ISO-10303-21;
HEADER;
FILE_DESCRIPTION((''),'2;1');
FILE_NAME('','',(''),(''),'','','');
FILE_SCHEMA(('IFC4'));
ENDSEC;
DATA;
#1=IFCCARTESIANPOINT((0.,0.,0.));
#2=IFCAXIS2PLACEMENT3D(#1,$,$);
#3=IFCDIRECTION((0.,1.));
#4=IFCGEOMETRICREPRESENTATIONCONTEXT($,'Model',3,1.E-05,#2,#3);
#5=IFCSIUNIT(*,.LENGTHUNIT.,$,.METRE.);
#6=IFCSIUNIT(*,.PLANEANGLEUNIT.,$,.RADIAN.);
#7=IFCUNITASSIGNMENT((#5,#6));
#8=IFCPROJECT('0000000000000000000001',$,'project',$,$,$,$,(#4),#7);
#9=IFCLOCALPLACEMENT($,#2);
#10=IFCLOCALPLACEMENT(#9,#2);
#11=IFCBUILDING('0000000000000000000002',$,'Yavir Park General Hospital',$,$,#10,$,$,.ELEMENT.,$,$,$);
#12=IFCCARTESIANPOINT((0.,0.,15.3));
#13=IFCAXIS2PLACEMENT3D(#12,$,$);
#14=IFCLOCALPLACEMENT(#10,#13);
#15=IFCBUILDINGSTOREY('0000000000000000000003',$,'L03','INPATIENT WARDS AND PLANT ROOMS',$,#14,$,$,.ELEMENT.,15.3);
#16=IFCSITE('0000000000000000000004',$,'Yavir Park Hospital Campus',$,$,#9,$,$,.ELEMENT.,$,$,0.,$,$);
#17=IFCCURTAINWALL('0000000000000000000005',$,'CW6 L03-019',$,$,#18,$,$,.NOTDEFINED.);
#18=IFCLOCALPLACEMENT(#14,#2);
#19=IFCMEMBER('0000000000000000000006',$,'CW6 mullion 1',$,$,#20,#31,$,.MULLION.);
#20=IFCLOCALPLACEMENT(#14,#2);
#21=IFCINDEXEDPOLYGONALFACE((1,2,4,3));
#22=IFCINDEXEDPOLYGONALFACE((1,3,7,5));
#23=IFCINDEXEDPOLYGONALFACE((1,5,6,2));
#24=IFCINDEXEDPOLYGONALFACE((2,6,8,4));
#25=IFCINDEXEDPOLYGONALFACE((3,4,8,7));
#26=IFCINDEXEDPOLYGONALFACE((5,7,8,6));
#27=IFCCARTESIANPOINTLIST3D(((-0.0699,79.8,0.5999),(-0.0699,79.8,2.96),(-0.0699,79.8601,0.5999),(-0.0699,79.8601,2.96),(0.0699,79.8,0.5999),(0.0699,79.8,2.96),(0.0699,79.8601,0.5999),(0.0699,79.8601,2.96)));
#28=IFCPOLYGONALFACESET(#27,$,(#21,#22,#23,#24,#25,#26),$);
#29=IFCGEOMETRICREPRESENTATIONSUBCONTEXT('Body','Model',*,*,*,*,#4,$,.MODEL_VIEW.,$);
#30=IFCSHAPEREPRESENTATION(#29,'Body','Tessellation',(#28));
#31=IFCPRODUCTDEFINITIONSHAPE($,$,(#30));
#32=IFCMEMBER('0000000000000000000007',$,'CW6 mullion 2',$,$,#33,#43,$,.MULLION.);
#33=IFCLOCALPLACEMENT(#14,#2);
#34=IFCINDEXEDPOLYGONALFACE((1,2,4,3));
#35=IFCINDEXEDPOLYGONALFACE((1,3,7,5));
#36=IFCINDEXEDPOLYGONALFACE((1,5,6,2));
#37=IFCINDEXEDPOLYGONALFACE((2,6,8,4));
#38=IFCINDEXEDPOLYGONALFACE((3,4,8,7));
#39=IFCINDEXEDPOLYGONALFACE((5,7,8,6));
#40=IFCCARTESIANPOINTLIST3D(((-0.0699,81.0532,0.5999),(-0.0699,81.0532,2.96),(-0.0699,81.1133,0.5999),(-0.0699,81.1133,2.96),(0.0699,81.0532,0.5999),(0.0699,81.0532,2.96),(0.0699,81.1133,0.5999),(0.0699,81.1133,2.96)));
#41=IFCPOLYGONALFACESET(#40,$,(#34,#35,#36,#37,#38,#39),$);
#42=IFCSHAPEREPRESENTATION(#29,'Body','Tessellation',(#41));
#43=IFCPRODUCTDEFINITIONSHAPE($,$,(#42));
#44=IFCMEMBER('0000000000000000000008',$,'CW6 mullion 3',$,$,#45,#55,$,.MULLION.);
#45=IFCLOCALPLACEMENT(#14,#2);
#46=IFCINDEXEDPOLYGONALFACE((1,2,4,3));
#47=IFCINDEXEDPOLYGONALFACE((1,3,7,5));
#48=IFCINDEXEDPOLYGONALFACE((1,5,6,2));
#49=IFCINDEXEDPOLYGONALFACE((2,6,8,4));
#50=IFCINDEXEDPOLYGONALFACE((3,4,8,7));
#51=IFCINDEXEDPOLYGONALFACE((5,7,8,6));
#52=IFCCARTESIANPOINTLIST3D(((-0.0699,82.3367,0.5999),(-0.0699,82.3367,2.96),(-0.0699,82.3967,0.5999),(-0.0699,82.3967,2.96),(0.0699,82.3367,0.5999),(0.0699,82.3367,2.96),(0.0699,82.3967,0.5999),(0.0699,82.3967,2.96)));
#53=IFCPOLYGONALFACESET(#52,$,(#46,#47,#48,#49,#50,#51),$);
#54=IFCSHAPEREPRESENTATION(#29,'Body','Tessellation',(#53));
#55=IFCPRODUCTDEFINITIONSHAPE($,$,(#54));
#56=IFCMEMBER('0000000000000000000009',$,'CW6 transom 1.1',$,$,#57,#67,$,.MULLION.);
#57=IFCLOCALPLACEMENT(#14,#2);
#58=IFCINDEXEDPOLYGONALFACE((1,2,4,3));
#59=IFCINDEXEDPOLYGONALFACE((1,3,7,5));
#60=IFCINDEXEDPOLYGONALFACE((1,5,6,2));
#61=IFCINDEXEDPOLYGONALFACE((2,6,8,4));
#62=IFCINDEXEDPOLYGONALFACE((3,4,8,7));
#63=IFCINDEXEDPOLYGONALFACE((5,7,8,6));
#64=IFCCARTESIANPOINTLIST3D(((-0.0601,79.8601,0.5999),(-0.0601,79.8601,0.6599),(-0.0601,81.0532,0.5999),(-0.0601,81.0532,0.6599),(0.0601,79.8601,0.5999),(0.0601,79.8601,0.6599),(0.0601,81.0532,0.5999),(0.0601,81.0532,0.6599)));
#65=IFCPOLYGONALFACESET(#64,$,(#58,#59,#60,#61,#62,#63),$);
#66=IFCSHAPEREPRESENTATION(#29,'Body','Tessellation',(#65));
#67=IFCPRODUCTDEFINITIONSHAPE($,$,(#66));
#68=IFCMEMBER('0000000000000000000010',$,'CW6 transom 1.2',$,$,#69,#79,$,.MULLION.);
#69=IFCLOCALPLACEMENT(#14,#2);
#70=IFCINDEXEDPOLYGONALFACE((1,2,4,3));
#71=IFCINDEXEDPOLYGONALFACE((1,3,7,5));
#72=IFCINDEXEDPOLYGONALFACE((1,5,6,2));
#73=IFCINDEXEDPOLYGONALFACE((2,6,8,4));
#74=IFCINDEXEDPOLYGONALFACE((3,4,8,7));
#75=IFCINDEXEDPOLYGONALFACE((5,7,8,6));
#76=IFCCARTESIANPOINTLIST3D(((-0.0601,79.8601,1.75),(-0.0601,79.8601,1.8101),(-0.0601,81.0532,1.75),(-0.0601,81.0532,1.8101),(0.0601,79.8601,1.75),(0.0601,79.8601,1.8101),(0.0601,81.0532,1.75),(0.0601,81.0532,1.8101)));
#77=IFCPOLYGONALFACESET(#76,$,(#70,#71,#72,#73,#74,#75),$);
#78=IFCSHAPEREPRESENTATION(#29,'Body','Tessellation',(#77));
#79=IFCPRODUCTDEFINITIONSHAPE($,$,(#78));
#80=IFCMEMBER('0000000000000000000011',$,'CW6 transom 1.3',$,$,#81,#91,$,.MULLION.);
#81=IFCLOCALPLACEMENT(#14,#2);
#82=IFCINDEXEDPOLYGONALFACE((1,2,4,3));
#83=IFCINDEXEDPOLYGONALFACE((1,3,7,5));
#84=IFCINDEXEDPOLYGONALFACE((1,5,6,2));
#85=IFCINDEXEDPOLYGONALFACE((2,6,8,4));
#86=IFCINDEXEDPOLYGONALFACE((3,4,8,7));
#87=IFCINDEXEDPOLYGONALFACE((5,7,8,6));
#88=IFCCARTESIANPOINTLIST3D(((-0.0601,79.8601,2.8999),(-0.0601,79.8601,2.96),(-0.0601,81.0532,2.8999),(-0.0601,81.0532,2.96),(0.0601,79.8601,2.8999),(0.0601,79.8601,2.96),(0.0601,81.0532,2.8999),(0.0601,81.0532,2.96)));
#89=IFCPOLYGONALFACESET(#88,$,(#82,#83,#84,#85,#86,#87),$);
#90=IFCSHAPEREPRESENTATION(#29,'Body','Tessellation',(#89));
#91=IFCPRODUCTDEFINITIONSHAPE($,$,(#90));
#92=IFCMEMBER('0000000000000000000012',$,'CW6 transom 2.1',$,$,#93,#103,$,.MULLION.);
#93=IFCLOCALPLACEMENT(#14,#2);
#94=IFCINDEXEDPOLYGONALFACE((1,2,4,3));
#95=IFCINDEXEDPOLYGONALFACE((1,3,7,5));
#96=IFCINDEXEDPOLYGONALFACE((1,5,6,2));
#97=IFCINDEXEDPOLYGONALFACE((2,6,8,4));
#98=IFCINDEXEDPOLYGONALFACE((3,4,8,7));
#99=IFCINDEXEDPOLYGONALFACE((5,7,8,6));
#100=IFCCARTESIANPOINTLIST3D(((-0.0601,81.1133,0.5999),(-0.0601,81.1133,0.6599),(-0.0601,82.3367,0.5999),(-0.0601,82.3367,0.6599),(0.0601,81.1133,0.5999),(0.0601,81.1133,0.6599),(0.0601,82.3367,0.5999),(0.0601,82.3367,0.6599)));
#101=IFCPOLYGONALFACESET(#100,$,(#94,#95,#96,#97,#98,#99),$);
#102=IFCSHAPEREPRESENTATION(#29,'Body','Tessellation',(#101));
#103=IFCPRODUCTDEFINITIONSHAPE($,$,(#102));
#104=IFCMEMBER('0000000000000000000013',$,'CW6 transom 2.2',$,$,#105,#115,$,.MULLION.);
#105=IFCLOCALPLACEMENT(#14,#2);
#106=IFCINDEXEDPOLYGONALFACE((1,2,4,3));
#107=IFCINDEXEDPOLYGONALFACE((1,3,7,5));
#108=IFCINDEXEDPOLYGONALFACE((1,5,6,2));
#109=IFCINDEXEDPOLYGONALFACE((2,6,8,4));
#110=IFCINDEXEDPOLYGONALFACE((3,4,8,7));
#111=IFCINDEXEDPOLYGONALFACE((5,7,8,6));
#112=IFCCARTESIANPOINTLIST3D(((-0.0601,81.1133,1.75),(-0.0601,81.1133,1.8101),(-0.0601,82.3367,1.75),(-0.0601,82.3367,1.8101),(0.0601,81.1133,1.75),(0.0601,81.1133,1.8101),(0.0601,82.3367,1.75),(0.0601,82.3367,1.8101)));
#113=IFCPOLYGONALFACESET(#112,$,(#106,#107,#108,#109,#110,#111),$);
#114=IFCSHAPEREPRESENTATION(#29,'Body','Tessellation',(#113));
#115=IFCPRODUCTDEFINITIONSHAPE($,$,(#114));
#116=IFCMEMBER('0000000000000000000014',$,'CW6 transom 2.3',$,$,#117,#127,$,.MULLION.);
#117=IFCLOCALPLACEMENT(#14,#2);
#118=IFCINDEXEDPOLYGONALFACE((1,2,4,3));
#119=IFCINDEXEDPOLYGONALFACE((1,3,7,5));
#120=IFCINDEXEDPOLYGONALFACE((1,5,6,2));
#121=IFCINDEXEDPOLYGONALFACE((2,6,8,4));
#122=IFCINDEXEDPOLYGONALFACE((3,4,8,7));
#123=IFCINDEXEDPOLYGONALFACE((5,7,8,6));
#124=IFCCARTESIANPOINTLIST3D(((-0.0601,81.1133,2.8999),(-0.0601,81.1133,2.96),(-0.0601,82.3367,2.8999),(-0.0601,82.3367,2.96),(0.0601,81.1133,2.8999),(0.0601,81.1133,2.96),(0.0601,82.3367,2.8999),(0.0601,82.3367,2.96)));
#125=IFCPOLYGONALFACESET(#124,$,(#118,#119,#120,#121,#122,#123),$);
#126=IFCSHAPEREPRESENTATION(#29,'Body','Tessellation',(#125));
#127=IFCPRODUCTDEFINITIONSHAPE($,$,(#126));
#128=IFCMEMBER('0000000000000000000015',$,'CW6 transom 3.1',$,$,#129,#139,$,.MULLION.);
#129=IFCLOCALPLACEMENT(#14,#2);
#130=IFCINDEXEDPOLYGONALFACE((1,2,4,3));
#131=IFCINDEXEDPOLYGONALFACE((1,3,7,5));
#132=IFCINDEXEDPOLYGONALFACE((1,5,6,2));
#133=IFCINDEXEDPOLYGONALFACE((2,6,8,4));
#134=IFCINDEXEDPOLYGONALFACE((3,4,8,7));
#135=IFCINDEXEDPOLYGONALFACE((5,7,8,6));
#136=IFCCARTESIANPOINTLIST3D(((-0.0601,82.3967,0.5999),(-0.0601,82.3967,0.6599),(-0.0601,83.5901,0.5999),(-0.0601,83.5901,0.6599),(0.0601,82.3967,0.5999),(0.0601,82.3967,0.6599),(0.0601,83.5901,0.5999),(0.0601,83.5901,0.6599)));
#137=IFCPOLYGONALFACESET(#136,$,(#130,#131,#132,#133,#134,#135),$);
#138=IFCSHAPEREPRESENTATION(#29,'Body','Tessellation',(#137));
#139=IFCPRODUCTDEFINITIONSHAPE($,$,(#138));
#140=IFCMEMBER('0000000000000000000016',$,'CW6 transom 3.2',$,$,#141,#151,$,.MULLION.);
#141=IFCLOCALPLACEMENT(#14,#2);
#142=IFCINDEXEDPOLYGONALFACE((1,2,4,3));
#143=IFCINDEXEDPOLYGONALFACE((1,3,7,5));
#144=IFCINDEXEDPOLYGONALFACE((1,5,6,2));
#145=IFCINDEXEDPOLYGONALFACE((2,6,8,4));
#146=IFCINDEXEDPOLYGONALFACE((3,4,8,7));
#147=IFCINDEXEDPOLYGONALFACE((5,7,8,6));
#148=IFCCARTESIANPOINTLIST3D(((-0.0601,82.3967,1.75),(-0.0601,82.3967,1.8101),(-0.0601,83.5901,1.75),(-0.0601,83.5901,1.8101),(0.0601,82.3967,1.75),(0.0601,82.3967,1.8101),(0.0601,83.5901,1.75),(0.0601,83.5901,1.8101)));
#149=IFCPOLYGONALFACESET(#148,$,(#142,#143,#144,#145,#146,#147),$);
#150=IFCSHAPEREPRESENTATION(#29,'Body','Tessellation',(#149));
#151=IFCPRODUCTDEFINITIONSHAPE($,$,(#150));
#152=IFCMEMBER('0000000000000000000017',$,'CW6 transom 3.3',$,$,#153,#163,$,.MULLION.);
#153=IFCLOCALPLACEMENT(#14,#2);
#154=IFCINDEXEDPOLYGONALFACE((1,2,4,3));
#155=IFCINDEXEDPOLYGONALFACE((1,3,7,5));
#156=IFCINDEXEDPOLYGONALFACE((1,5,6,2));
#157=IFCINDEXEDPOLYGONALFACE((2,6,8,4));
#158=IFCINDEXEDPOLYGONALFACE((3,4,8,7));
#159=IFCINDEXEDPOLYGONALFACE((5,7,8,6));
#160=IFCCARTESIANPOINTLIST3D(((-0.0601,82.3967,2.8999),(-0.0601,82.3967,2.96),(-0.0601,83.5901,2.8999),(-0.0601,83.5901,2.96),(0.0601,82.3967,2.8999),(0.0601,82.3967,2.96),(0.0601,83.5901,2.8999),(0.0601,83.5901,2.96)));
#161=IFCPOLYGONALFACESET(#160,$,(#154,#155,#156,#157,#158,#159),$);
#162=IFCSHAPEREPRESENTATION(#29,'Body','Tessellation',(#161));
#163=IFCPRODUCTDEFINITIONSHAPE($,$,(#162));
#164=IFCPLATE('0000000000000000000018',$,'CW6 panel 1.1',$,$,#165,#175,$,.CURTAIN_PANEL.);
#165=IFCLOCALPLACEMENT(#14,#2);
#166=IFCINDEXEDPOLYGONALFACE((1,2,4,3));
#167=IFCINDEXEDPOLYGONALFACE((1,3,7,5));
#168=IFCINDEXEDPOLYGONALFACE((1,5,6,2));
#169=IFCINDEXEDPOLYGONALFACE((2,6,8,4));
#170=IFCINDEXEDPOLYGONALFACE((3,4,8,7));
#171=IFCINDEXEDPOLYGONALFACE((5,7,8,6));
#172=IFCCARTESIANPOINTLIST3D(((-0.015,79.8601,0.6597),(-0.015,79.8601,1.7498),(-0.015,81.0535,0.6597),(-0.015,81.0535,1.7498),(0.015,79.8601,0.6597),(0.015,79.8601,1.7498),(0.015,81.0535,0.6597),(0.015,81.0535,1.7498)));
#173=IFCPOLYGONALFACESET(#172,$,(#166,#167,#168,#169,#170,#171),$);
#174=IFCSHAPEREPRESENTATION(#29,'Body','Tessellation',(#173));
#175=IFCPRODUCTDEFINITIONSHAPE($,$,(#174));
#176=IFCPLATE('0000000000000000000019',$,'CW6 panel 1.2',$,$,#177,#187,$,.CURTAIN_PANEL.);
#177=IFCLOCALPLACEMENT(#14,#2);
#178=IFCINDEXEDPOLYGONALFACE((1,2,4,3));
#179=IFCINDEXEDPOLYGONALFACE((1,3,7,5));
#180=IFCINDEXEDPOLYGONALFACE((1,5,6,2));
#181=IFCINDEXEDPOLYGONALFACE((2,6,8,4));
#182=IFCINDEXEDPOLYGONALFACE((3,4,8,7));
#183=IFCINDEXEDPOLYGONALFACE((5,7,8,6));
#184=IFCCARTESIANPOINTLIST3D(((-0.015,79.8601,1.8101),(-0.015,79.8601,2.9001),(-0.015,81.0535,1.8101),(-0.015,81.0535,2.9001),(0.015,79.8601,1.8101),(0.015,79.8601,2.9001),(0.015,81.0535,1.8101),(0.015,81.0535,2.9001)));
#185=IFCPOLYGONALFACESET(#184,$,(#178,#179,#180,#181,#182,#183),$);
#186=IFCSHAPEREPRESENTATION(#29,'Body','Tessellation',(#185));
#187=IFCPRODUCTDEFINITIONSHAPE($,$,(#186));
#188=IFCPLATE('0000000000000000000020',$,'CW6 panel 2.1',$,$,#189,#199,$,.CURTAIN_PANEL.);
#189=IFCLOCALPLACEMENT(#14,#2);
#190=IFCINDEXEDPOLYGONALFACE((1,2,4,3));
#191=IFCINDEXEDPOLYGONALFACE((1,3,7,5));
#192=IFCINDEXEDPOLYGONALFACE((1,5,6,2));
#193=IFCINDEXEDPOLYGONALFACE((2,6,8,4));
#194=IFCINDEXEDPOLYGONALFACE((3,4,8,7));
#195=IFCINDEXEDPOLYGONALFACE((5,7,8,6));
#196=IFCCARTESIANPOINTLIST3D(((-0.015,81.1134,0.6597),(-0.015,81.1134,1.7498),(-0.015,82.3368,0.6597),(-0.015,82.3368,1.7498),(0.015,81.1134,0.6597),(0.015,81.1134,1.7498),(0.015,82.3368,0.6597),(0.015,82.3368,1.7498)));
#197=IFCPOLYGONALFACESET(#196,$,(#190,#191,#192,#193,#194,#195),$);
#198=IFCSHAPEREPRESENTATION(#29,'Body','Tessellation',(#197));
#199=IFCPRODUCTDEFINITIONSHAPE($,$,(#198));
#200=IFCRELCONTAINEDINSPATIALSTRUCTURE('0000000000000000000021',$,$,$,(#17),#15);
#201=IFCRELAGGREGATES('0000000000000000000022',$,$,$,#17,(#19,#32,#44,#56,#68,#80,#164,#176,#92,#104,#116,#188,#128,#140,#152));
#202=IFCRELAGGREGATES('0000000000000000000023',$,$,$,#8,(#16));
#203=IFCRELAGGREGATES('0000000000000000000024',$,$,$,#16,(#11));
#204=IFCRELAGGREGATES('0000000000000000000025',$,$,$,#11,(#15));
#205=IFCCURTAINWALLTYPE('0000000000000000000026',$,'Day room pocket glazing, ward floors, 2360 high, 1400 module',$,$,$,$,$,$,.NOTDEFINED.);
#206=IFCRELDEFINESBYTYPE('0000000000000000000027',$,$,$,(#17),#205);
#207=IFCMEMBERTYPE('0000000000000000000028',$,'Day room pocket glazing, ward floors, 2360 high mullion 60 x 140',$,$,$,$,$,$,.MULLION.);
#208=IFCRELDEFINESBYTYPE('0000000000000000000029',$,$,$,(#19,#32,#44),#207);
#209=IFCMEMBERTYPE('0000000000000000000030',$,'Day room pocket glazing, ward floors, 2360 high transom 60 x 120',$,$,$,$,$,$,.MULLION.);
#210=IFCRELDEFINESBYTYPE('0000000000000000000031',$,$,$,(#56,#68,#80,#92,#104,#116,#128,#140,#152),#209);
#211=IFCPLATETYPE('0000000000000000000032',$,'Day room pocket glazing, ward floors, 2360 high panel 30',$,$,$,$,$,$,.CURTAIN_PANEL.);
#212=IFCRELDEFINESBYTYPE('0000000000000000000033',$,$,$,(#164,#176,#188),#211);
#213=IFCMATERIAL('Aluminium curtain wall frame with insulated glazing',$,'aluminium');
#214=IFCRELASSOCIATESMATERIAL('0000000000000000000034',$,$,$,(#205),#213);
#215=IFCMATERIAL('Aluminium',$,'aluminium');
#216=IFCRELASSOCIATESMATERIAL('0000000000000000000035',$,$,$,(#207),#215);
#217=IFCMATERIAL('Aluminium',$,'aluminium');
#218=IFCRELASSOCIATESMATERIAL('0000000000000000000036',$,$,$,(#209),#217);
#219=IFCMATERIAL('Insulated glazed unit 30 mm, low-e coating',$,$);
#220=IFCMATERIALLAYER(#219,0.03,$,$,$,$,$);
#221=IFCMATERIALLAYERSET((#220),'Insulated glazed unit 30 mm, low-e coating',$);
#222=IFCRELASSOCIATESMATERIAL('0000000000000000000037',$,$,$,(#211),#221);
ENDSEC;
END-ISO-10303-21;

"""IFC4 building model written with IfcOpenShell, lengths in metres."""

from ifc_helpers import new_model, si_unit, direction, frame, origin, origin_2d, place, context, subcontext, project, spatial, rectangle, extrude, material, layer, layer_set, material_profile, profile_set, type_object, element, aggregate, save


model = new_model("IFC4")

# Units and contexts
model_context = context("Model", 3, precision=1e-05, world=origin(), true_north=direction((0.0, 1.0)))
body_context = subcontext(model_context, "Body", "Model", "MODEL_VIEW")
ifc_project = project(units=[si_unit("LENGTHUNIT", "METRE"), si_unit("PLANEANGLEUNIT", "RADIAN")], contexts=[model_context])

# Site, building, storey
site_placement = place(None, origin())
site = spatial("IfcSite", under=ifc_project, at=site_placement, Name="Yavir Park Hospital Campus", CompositionType="ELEMENT", RefElevation=0.0)
building_placement = place(site_placement, origin())
building = spatial("IfcBuilding", under=site, at=building_placement, Name="Yavir Park General Hospital", CompositionType="ELEMENT")
storey_placement = place(building_placement, frame((0.0, 0.0, 15.3)))
storey = spatial("IfcBuildingStorey", under=building, at=storey_placement, Name="L03", Description="INPATIENT WARDS AND PLANT ROOMS", CompositionType="ELEMENT", Elevation=15.3)

# Curtain wall, members, plates
ifc_material_1 = material(Name="Aluminium curtain wall frame with insulated glazing", Category="aluminium")
curtain_wall_type = type_object("IfcCurtainWallType", Name="Day room pocket glazing, ward floors, 2360 high, 1400 module", PredefinedType="NOTDEFINED", material=ifc_material_1)
curtain_wall_placement = place(storey_placement, origin())
curtain_wall = element("IfcCurtainWall", 1, at=curtain_wall_placement, inside=storey, type_object=curtain_wall_type, Name="CW6 L03-019", PredefinedType="NOTDEFINED")
ifc_material_2 = material(Name="Aluminium", Category="aluminium")
ifc_material_profile_1 = material_profile(ifc_material_2, rectangle(XDim=0.1399, YDim=0.0601, at=origin_2d()), Name="AL 60x140")
ifc_profile_set_1 = profile_set([ifc_material_profile_1], Name="Aluminium")
member_type_1 = type_object("IfcMemberType", Name="Day room pocket glazing, ward floors, 2360 high mullion 60 x 140", PredefinedType="MULLION", material=ifc_profile_set_1)
member_1_placement = place(storey_placement, frame((0.0, 79.8301, 0.5999), z_axis=(0.0, 0.0, 1.0), x_axis=(-1.0, 0.0, 0.0)))
member_1 = element("IfcMember", 2, at=member_1_placement, type_object=member_type_1, Name="CW6 mullion 1", PredefinedType="MULLION", context=body_context, shape_type="SweptSolid", body=[
    extrude(rectangle(XDim=0.1399, YDim=0.0601, at=origin_2d()), origin(), (0.0, 0.0, 1.0), 2.3601),
])
member_2_placement = place(storey_placement, frame((0.0, 81.0833, 0.5999), z_axis=(0.0, 0.0, 1.0), x_axis=(-1.0, 0.0, 0.0)))
member_2 = element("IfcMember", 3, at=member_2_placement, type_object=member_type_1, Name="CW6 mullion 2", PredefinedType="MULLION", context=body_context, shape_type="SweptSolid", body=[
    extrude(rectangle(XDim=0.1399, YDim=0.0601, at=origin_2d()), origin(), (0.0, 0.0, 1.0), 2.3601),
])
member_3_placement = place(storey_placement, frame((0.0, 82.3667, 0.5999), z_axis=(0.0, 0.0, 1.0), x_axis=(-1.0, 0.0, 0.0)))
member_3 = element("IfcMember", 4, at=member_3_placement, type_object=member_type_1, Name="CW6 mullion 3", PredefinedType="MULLION", context=body_context, shape_type="SweptSolid", body=[
    extrude(rectangle(XDim=0.1399, YDim=0.0601, at=origin_2d()), origin(), (0.0, 0.0, 1.0), 2.3601),
])
ifc_material_3 = material(Name="Aluminium", Category="aluminium")
ifc_material_profile_2 = material_profile(ifc_material_3, rectangle(XDim=0.1201, YDim=0.0601, at=origin_2d()), Name="AL 120x60")
ifc_profile_set_2 = profile_set([ifc_material_profile_2], Name="Aluminium")
member_type_2 = type_object("IfcMemberType", Name="Day room pocket glazing, ward floors, 2360 high transom 60 x 120", PredefinedType="MULLION", material=ifc_profile_set_2)
member_4_placement = place(storey_placement, frame((0.0, 79.8601, 0.6299), z_axis=(0.0, 1.0, 0.0), x_axis=(-1.0, 0.0, 0.0)))
member_4 = element("IfcMember", 5, at=member_4_placement, type_object=member_type_2, Name="CW6 transom 1.1", PredefinedType="MULLION", context=body_context, shape_type="SweptSolid", body=[
    extrude(rectangle(XDim=0.1201, YDim=0.0601, at=origin_2d()), origin(), (0.0, 0.0, 1.0), 1.1931),
])
member_5_placement = place(storey_placement, frame((0.0, 79.8601, 1.78), z_axis=(0.0, 1.0, 0.0), x_axis=(-1.0, 0.0, 0.0)))
member_5 = element("IfcMember", 6, at=member_5_placement, type_object=member_type_2, Name="CW6 transom 1.2", PredefinedType="MULLION", context=body_context, shape_type="SweptSolid", body=[
    extrude(rectangle(XDim=0.1201, YDim=0.0601, at=origin_2d()), origin(), (0.0, 0.0, 1.0), 1.1931),
])
member_6_placement = place(storey_placement, frame((0.0, 79.8601, 2.9299), z_axis=(0.0, 1.0, 0.0), x_axis=(-1.0, 0.0, 0.0)))
member_6 = element("IfcMember", 7, at=member_6_placement, type_object=member_type_2, Name="CW6 transom 1.3", PredefinedType="MULLION", context=body_context, shape_type="SweptSolid", body=[
    extrude(rectangle(XDim=0.1201, YDim=0.0601, at=origin_2d()), origin(), (0.0, 0.0, 1.0), 1.1931),
])
member_7_placement = place(storey_placement, frame((0.0, 81.1133, 0.6299), z_axis=(0.0, 1.0, 0.0), x_axis=(-1.0, 0.0, 0.0)))
member_7 = element("IfcMember", 8, at=member_7_placement, type_object=member_type_2, Name="CW6 transom 2.1", PredefinedType="MULLION", context=body_context, shape_type="SweptSolid", body=[
    extrude(rectangle(XDim=0.1201, YDim=0.0601, at=origin_2d()), origin(), (0.0, 0.0, 1.0), 1.2234),
])
member_8_placement = place(storey_placement, frame((0.0, 81.1133, 1.78), z_axis=(0.0, 1.0, 0.0), x_axis=(-1.0, 0.0, 0.0)))
member_8 = element("IfcMember", 9, at=member_8_placement, type_object=member_type_2, Name="CW6 transom 2.2", PredefinedType="MULLION", context=body_context, shape_type="SweptSolid", body=[
    extrude(rectangle(XDim=0.1201, YDim=0.0601, at=origin_2d()), origin(), (0.0, 0.0, 1.0), 1.2234),
])
member_9_placement = place(storey_placement, frame((0.0, 81.1133, 2.9299), z_axis=(0.0, 1.0, 0.0), x_axis=(-1.0, 0.0, 0.0)))
member_9 = element("IfcMember", 10, at=member_9_placement, type_object=member_type_2, Name="CW6 transom 2.3", PredefinedType="MULLION", context=body_context, shape_type="SweptSolid", body=[
    extrude(rectangle(XDim=0.1201, YDim=0.0601, at=origin_2d()), origin(), (0.0, 0.0, 1.0), 1.2234),
])
member_10_placement = place(storey_placement, frame((0.0, 82.3967, 0.6299), z_axis=(0.0, 1.0, 0.0), x_axis=(-1.0, 0.0, 0.0)))
member_10 = element("IfcMember", 11, at=member_10_placement, type_object=member_type_2, Name="CW6 transom 3.1", PredefinedType="MULLION", context=body_context, shape_type="SweptSolid", body=[
    extrude(rectangle(XDim=0.1201, YDim=0.0601, at=origin_2d()), origin(), (0.0, 0.0, 1.0), 1.1934),
])
member_11_placement = place(storey_placement, frame((0.0, 82.3967, 1.78), z_axis=(0.0, 1.0, 0.0), x_axis=(-1.0, 0.0, 0.0)))
member_11 = element("IfcMember", 12, at=member_11_placement, type_object=member_type_2, Name="CW6 transom 3.2", PredefinedType="MULLION", context=body_context, shape_type="SweptSolid", body=[
    extrude(rectangle(XDim=0.1201, YDim=0.0601, at=origin_2d()), origin(), (0.0, 0.0, 1.0), 1.1934),
])
member_12_placement = place(storey_placement, frame((0.0, 82.3967, 2.9299), z_axis=(0.0, 1.0, 0.0), x_axis=(-1.0, 0.0, 0.0)))
member_12 = element("IfcMember", 13, at=member_12_placement, type_object=member_type_2, Name="CW6 transom 3.3", PredefinedType="MULLION", context=body_context, shape_type="SweptSolid", body=[
    extrude(rectangle(XDim=0.1201, YDim=0.0601, at=origin_2d()), origin(), (0.0, 0.0, 1.0), 1.1934),
])
ifc_material_4 = material(Name="Insulated glazed unit 30 mm, low-e coating")
ifc_layer_1 = layer(ifc_material_4, 0.03)
ifc_layer_set_1 = layer_set([ifc_layer_1], Name="Insulated glazed unit 30 mm, low-e coating")
plate_type = type_object("IfcPlateType", Name="Day room pocket glazing, ward floors, 2360 high panel 30", PredefinedType="CURTAIN_PANEL", material=ifc_layer_set_1)
plate_1_placement = place(storey_placement, frame((0.0, 80.4568, 0.6597), z_axis=(0.0, 0.0, 1.0), x_axis=(0.0, 1.0, 0.0)))
plate_1 = element("IfcPlate", 14, at=plate_1_placement, type_object=plate_type, Name="CW6 panel 1.1", PredefinedType="CURTAIN_PANEL", context=body_context, shape_type="SweptSolid", body=[
    extrude(rectangle(XDim=1.1934, YDim=0.03, at=origin_2d()), origin(), (0.0, 0.0, 1.0), 1.0901),
])
plate_2_placement = place(storey_placement, frame((0.0, 80.4568, 1.8101), z_axis=(0.0, 0.0, 1.0), x_axis=(0.0, 1.0, 0.0)))
plate_2 = element("IfcPlate", 15, at=plate_2_placement, type_object=plate_type, Name="CW6 panel 1.2", PredefinedType="CURTAIN_PANEL", context=body_context, shape_type="SweptSolid", body=[
    extrude(rectangle(XDim=1.1934, YDim=0.03, at=origin_2d()), origin(), (0.0, 0.0, 1.0), 1.0901),
])
plate_3_placement = place(storey_placement, frame((0.0, 81.7251, 0.6597), z_axis=(0.0, 0.0, 1.0), x_axis=(0.0, 1.0, 0.0)))
plate_3 = element("IfcPlate", 16, at=plate_3_placement, type_object=plate_type, Name="CW6 panel 2.1", PredefinedType="CURTAIN_PANEL", context=body_context, shape_type="SweptSolid", body=[
    extrude(rectangle(XDim=1.2234, YDim=0.03, at=origin_2d()), origin(), (0.0, 0.0, 1.0), 1.0901),
])
aggregate(curtain_wall, [member_1, member_2, member_3, member_4, member_5, member_6, plate_1, plate_2, member_7, member_8, member_9, plate_3, member_10, member_11, member_12])

save(model, "model.ifc")
